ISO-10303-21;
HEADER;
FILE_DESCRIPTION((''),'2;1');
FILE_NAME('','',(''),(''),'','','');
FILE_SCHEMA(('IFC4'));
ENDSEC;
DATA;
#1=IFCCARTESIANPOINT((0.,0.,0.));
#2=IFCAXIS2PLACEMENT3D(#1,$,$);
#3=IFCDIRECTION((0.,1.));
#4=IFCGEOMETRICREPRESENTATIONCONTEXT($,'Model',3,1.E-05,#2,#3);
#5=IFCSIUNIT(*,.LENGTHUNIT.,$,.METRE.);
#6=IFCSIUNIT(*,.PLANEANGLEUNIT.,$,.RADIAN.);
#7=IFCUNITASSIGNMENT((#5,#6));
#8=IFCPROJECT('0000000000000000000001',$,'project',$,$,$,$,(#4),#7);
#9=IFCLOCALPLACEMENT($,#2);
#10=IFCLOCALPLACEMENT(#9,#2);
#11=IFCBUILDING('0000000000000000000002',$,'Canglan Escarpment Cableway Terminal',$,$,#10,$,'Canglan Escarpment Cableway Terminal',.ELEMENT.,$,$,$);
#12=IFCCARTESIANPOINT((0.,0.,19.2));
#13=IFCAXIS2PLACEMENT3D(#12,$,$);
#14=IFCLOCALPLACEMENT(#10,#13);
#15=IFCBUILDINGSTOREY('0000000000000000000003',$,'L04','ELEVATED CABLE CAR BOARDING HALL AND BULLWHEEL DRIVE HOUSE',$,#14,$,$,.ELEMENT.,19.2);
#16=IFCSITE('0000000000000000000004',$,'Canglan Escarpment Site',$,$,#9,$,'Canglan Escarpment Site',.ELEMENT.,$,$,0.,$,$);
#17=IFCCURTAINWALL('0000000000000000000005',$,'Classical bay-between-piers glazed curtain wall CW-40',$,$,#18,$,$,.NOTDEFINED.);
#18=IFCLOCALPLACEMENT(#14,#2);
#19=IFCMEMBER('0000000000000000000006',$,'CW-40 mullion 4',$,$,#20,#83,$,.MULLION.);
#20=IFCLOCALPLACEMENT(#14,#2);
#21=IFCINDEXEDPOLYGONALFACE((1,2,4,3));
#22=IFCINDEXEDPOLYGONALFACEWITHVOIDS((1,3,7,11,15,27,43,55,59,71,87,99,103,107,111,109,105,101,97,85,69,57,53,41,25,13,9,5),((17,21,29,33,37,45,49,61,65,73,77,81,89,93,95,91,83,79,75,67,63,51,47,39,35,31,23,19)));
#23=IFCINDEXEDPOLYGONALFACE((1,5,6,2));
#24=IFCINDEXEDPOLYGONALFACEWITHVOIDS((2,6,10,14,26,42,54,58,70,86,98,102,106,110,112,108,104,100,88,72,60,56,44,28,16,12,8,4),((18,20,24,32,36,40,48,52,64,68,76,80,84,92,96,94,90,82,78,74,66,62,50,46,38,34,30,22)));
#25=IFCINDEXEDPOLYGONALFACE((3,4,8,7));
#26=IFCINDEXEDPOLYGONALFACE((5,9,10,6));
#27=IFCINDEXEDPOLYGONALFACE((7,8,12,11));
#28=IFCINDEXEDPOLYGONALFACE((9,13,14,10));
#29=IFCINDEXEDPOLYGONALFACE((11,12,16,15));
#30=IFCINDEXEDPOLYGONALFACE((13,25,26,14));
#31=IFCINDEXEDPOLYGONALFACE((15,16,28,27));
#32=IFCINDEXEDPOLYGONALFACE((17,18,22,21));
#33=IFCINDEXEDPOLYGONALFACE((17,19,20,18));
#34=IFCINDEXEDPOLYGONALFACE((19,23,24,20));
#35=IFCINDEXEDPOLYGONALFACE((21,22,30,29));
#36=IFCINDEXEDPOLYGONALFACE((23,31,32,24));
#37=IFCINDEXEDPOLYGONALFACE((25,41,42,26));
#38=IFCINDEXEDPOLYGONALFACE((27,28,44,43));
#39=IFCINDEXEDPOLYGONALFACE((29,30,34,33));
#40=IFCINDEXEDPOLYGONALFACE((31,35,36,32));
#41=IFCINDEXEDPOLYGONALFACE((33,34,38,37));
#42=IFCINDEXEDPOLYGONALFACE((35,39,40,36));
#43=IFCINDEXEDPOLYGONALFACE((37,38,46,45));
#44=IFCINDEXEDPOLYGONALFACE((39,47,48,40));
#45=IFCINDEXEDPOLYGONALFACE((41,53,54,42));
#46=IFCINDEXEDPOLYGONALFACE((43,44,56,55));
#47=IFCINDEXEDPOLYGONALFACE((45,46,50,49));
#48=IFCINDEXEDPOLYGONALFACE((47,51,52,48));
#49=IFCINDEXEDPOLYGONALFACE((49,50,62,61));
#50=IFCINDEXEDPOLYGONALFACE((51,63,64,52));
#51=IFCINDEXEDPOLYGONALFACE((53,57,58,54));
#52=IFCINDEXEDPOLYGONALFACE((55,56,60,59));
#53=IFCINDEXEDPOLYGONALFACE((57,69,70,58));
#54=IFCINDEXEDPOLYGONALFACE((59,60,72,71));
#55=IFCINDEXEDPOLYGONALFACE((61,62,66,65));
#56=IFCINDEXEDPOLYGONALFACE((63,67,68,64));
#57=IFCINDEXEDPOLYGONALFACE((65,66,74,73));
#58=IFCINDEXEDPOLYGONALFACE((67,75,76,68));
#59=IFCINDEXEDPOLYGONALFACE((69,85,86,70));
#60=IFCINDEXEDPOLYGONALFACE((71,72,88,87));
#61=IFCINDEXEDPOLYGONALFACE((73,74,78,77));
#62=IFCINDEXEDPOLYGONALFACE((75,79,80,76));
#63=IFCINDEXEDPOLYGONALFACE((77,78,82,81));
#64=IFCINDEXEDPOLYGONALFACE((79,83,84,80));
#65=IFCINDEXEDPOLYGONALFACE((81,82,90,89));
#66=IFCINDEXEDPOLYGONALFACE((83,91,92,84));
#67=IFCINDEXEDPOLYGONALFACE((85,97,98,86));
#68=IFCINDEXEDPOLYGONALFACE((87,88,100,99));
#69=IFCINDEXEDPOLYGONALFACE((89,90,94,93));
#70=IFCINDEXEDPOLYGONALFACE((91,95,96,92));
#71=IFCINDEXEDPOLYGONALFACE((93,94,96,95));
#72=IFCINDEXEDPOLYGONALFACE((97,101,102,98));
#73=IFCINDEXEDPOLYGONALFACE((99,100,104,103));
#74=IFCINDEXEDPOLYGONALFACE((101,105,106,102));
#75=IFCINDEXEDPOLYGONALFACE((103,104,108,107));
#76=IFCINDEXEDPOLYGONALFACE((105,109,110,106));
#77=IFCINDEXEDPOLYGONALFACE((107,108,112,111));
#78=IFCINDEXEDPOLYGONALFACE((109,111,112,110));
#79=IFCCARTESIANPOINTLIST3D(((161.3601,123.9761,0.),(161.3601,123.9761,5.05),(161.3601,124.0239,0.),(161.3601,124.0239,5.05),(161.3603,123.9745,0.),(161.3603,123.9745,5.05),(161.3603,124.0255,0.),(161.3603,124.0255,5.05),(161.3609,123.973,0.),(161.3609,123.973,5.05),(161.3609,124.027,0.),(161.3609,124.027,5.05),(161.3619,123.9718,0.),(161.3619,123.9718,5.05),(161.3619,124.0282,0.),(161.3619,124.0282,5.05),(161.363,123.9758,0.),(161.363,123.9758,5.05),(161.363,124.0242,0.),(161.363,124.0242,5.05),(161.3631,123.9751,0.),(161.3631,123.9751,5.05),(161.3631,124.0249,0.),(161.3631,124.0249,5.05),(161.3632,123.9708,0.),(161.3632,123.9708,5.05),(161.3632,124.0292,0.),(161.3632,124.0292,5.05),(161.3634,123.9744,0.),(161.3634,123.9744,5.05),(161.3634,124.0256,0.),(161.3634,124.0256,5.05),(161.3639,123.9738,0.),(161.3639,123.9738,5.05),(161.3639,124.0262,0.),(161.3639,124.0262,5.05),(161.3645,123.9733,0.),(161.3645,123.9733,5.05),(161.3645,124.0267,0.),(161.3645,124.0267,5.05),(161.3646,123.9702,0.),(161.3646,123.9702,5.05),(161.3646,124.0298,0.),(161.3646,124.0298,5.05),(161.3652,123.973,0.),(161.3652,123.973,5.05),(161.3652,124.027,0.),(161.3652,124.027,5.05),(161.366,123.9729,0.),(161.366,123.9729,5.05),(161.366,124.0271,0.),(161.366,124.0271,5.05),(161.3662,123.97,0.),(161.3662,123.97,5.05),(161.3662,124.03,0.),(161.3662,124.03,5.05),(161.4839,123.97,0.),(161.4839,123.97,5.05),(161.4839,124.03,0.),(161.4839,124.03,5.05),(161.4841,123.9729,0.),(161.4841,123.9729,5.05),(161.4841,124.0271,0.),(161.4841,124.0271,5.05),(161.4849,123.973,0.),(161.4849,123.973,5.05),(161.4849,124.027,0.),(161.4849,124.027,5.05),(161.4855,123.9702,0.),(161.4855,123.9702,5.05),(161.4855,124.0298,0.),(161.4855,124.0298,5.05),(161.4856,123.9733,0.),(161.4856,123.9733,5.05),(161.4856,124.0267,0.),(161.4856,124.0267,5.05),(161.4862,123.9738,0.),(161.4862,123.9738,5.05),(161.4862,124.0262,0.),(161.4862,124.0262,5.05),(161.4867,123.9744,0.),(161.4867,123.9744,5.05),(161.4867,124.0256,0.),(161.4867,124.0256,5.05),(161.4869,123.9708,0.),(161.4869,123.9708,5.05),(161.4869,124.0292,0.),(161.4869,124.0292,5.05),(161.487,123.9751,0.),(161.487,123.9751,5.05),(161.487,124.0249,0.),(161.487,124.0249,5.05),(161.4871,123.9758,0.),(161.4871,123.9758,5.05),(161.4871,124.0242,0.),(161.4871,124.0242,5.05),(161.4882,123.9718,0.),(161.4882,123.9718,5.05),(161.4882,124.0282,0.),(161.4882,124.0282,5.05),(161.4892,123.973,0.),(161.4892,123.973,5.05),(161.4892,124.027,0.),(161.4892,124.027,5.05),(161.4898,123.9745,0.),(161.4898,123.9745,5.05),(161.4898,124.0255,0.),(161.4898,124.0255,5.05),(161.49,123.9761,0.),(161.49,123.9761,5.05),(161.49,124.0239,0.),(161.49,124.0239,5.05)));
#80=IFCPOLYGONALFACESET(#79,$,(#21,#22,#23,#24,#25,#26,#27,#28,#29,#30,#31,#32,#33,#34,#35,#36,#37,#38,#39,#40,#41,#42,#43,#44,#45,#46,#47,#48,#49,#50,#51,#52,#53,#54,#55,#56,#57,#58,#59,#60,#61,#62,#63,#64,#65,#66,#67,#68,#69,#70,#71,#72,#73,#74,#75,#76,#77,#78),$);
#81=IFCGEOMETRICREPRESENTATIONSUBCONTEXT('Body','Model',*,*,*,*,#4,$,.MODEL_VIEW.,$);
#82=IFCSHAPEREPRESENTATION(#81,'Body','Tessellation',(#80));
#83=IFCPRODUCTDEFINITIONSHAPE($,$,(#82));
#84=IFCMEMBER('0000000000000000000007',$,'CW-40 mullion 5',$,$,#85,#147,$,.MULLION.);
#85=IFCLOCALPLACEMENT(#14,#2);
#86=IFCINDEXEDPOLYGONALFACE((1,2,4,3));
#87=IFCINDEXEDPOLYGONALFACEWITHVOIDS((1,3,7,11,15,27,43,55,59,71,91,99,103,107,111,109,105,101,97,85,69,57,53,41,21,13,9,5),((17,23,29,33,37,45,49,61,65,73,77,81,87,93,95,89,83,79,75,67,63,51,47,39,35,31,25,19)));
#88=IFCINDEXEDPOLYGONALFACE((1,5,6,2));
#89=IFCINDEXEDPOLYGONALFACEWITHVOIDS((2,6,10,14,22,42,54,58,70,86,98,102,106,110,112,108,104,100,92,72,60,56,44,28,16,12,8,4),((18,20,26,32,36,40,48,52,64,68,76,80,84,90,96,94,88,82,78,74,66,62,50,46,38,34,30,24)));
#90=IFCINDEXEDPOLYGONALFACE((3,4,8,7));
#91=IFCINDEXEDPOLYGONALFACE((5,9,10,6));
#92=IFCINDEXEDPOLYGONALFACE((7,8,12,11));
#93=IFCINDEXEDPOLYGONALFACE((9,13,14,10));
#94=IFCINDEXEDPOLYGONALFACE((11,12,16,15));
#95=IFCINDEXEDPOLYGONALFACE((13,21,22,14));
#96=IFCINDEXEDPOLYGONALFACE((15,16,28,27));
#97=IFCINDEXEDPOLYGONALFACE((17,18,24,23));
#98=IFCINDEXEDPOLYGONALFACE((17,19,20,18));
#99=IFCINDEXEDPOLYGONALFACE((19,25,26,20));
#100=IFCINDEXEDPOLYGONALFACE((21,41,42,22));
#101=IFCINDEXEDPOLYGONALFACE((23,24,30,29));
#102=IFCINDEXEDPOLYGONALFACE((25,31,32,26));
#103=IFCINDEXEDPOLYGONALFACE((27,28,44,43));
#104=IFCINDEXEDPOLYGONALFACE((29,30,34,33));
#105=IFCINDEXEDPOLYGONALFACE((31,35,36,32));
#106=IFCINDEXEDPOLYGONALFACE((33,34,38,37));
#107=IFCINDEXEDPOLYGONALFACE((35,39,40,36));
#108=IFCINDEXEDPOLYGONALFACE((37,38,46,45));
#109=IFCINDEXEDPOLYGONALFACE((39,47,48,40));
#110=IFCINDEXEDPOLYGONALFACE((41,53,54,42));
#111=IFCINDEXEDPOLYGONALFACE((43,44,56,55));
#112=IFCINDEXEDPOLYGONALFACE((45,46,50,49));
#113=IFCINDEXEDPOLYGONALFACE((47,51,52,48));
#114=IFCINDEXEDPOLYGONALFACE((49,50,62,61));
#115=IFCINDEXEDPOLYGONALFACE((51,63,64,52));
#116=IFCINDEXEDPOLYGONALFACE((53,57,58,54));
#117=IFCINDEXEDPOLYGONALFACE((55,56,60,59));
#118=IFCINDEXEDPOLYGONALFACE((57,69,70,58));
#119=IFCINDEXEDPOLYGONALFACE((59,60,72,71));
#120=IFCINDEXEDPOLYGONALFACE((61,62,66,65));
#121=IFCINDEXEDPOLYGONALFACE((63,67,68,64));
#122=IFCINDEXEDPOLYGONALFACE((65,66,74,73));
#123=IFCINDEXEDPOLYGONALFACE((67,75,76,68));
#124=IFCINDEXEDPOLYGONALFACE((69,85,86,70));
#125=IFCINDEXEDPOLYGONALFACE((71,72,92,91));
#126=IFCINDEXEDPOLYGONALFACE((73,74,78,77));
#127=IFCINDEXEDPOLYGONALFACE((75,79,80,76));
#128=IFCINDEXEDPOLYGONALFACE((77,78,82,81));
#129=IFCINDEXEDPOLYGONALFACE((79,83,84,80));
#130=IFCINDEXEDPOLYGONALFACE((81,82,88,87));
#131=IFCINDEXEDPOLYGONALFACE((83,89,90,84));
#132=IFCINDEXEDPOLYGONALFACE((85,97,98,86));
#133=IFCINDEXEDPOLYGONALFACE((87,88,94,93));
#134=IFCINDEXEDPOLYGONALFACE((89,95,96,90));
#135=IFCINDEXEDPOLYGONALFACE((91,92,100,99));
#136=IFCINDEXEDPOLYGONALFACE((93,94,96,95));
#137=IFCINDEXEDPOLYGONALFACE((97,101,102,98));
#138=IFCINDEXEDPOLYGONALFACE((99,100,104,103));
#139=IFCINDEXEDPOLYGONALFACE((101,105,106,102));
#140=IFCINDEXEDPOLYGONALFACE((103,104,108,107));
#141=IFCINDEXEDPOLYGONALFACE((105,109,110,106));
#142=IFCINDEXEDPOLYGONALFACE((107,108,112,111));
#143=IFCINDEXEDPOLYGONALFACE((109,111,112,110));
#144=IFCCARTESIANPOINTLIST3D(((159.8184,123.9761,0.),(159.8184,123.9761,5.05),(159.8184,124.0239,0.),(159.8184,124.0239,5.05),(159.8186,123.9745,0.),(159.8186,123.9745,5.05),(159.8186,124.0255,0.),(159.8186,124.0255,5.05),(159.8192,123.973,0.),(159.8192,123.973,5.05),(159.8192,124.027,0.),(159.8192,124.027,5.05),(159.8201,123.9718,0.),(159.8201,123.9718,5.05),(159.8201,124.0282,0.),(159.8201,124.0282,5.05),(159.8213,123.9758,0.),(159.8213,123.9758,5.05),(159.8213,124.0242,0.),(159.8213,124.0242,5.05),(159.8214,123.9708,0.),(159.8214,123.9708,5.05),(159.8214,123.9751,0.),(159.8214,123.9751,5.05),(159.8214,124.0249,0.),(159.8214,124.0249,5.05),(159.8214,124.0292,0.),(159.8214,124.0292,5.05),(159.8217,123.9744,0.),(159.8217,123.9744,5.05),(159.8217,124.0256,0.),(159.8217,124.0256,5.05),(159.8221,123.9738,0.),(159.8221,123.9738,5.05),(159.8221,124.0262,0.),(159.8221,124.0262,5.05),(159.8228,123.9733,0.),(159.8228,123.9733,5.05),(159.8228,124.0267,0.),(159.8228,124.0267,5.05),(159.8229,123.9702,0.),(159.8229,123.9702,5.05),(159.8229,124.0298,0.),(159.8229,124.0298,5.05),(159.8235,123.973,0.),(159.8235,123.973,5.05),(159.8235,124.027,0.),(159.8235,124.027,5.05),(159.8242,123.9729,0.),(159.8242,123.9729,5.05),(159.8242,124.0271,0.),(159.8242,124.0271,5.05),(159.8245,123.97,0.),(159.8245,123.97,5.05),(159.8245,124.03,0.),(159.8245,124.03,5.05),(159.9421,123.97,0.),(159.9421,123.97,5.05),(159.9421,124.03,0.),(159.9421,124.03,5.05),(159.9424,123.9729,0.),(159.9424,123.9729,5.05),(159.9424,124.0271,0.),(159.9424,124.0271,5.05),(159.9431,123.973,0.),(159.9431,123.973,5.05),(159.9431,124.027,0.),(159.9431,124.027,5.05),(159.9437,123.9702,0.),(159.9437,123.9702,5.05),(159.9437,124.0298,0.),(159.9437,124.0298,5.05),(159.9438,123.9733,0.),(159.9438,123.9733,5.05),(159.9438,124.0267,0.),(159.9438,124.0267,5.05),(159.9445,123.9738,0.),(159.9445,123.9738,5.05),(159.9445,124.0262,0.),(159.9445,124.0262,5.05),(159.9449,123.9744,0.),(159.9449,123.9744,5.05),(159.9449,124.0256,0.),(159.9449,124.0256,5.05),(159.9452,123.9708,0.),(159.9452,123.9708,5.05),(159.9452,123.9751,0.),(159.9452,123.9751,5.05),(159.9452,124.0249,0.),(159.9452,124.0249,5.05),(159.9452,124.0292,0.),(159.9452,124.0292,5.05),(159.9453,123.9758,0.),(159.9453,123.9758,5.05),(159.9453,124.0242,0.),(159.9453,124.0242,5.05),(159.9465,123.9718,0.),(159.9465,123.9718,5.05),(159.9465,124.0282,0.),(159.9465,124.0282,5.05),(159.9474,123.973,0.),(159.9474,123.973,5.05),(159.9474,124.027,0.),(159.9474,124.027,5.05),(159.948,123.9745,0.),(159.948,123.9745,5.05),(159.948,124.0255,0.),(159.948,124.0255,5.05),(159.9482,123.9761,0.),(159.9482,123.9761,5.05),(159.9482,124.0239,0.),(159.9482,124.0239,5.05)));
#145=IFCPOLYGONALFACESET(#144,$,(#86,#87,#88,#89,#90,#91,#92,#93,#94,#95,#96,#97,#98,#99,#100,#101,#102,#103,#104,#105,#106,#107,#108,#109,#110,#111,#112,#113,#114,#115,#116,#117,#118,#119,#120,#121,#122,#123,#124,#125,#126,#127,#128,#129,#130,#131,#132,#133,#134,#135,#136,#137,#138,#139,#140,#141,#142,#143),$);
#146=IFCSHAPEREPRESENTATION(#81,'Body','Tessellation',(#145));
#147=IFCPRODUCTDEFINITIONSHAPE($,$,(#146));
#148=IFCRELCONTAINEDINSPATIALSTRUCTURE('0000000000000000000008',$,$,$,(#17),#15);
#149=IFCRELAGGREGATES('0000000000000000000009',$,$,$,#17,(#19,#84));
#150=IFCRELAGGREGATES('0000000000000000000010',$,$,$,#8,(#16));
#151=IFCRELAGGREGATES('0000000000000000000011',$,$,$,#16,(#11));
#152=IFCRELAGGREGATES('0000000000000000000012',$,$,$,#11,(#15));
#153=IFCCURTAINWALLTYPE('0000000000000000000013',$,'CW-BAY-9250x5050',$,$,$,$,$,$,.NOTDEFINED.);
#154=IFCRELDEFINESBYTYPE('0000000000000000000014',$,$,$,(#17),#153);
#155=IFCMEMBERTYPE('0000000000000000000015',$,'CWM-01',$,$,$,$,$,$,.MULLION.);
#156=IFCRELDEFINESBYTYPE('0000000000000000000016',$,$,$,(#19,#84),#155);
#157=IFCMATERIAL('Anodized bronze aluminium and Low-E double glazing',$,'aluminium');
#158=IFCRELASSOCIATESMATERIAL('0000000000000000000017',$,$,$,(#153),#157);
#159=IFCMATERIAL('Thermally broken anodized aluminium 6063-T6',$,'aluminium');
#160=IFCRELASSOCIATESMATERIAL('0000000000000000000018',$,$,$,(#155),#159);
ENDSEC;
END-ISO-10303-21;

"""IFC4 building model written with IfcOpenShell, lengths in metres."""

from ifc_helpers import new_model, si_unit, direction, frame, origin, origin_2d, place, context, subcontext, project, spatial, hollow_rectangle, extrude, material, material_profile, profile_set, type_object, element, aggregate, save


model = new_model("IFC4")

# Units and contexts
model_context = context("Model", 3, precision=1e-05, world=origin(), true_north=direction((0.0, 1.0)))
body_context = subcontext(model_context, "Body", "Model", "MODEL_VIEW")
ifc_project = project(units=[si_unit("LENGTHUNIT", "METRE"), si_unit("PLANEANGLEUNIT", "RADIAN")], contexts=[model_context])

# Site, building, storey
site_placement = place(None, origin())
site = spatial("IfcSite", under=ifc_project, at=site_placement, Name="Canglan Escarpment Site", LongName="Canglan Escarpment Site", CompositionType="ELEMENT", RefElevation=0.0)
building_placement = place(site_placement, origin())
building = spatial("IfcBuilding", under=site, at=building_placement, Name="Canglan Escarpment Cableway Terminal", LongName="Canglan Escarpment Cableway Terminal", CompositionType="ELEMENT")
storey_placement = place(building_placement, frame((0.0, 0.0, 19.2)))
storey = spatial("IfcBuildingStorey", under=building, at=storey_placement, Name="L04", Description="ELEVATED CABLE CAR BOARDING HALL AND BULLWHEEL DRIVE HOUSE", CompositionType="ELEMENT", Elevation=19.2)

# Curtain wall, members
ifc_material_1 = material(Name="Anodized bronze aluminium and Low-E double glazing", Category="aluminium")
curtain_wall_type = type_object("IfcCurtainWallType", Name="CW-BAY-9250x5050", PredefinedType="NOTDEFINED", material=ifc_material_1)
curtain_wall_1_placement = place(storey_placement, origin())
curtain_wall_1 = element("IfcCurtainWall", 1, at=curtain_wall_1_placement, inside=storey, type_object=curtain_wall_type, Name="Classical bay-between-piers glazed curtain wall CW-40", PredefinedType="NOTDEFINED")
ifc_material_2 = material(Name="Thermally broken anodized aluminium 6063-T6", Category="aluminium")
ifc_material_profile_1 = material_profile(ifc_material_2, hollow_rectangle(XDim=0.0601, YDim=0.1299, WallThickness=0.0029, InnerFilletRadius=0.0029, OuterFilletRadius=0.0061, at=origin_2d()), Name="ALU-MULL 60x130x3")
ifc_profile_set_1 = profile_set([ifc_material_profile_1], Name="Thermally broken anodized aluminium 6063-T6")
member_type_1 = type_object("IfcMemberType", Name="CWM-01", PredefinedType="MULLION", material=ifc_profile_set_1)
member_1_placement = place(storey_placement, frame((161.425, 124.0, 0.0), z_axis=(0.0, 0.0, 1.0), x_axis=(0.0, -1.0, 0.0)))
member_1 = element("IfcMember", 2, at=member_1_placement, type_object=member_type_1, Name="CW-40 mullion 4", PredefinedType="MULLION", context=body_context, shape_type="SweptSolid", body=[
    extrude(hollow_rectangle(XDim=0.0601, YDim=0.1299, WallThickness=0.0029, InnerFilletRadius=0.0029, OuterFilletRadius=0.0061, at=origin_2d()), origin(), (0.0, 0.0, 1.0), 5.05),
])
member_2_placement = place(storey_placement, frame((159.8833, 124.0, 0.0), z_axis=(0.0, 0.0, 1.0), x_axis=(0.0, -1.0, 0.0)))
member_2 = element("IfcMember", 3, at=member_2_placement, type_object=member_type_1, Name="CW-40 mullion 5", PredefinedType="MULLION", context=body_context, shape_type="SweptSolid", body=[
    extrude(hollow_rectangle(XDim=0.0601, YDim=0.1299, WallThickness=0.0029, InnerFilletRadius=0.0029, OuterFilletRadius=0.0061, at=origin_2d()), origin(), (0.0, 0.0, 1.0), 5.05),
])

aggregate(curtain_wall_1, [member_1, member_2])

save(model, "model.ifc")
